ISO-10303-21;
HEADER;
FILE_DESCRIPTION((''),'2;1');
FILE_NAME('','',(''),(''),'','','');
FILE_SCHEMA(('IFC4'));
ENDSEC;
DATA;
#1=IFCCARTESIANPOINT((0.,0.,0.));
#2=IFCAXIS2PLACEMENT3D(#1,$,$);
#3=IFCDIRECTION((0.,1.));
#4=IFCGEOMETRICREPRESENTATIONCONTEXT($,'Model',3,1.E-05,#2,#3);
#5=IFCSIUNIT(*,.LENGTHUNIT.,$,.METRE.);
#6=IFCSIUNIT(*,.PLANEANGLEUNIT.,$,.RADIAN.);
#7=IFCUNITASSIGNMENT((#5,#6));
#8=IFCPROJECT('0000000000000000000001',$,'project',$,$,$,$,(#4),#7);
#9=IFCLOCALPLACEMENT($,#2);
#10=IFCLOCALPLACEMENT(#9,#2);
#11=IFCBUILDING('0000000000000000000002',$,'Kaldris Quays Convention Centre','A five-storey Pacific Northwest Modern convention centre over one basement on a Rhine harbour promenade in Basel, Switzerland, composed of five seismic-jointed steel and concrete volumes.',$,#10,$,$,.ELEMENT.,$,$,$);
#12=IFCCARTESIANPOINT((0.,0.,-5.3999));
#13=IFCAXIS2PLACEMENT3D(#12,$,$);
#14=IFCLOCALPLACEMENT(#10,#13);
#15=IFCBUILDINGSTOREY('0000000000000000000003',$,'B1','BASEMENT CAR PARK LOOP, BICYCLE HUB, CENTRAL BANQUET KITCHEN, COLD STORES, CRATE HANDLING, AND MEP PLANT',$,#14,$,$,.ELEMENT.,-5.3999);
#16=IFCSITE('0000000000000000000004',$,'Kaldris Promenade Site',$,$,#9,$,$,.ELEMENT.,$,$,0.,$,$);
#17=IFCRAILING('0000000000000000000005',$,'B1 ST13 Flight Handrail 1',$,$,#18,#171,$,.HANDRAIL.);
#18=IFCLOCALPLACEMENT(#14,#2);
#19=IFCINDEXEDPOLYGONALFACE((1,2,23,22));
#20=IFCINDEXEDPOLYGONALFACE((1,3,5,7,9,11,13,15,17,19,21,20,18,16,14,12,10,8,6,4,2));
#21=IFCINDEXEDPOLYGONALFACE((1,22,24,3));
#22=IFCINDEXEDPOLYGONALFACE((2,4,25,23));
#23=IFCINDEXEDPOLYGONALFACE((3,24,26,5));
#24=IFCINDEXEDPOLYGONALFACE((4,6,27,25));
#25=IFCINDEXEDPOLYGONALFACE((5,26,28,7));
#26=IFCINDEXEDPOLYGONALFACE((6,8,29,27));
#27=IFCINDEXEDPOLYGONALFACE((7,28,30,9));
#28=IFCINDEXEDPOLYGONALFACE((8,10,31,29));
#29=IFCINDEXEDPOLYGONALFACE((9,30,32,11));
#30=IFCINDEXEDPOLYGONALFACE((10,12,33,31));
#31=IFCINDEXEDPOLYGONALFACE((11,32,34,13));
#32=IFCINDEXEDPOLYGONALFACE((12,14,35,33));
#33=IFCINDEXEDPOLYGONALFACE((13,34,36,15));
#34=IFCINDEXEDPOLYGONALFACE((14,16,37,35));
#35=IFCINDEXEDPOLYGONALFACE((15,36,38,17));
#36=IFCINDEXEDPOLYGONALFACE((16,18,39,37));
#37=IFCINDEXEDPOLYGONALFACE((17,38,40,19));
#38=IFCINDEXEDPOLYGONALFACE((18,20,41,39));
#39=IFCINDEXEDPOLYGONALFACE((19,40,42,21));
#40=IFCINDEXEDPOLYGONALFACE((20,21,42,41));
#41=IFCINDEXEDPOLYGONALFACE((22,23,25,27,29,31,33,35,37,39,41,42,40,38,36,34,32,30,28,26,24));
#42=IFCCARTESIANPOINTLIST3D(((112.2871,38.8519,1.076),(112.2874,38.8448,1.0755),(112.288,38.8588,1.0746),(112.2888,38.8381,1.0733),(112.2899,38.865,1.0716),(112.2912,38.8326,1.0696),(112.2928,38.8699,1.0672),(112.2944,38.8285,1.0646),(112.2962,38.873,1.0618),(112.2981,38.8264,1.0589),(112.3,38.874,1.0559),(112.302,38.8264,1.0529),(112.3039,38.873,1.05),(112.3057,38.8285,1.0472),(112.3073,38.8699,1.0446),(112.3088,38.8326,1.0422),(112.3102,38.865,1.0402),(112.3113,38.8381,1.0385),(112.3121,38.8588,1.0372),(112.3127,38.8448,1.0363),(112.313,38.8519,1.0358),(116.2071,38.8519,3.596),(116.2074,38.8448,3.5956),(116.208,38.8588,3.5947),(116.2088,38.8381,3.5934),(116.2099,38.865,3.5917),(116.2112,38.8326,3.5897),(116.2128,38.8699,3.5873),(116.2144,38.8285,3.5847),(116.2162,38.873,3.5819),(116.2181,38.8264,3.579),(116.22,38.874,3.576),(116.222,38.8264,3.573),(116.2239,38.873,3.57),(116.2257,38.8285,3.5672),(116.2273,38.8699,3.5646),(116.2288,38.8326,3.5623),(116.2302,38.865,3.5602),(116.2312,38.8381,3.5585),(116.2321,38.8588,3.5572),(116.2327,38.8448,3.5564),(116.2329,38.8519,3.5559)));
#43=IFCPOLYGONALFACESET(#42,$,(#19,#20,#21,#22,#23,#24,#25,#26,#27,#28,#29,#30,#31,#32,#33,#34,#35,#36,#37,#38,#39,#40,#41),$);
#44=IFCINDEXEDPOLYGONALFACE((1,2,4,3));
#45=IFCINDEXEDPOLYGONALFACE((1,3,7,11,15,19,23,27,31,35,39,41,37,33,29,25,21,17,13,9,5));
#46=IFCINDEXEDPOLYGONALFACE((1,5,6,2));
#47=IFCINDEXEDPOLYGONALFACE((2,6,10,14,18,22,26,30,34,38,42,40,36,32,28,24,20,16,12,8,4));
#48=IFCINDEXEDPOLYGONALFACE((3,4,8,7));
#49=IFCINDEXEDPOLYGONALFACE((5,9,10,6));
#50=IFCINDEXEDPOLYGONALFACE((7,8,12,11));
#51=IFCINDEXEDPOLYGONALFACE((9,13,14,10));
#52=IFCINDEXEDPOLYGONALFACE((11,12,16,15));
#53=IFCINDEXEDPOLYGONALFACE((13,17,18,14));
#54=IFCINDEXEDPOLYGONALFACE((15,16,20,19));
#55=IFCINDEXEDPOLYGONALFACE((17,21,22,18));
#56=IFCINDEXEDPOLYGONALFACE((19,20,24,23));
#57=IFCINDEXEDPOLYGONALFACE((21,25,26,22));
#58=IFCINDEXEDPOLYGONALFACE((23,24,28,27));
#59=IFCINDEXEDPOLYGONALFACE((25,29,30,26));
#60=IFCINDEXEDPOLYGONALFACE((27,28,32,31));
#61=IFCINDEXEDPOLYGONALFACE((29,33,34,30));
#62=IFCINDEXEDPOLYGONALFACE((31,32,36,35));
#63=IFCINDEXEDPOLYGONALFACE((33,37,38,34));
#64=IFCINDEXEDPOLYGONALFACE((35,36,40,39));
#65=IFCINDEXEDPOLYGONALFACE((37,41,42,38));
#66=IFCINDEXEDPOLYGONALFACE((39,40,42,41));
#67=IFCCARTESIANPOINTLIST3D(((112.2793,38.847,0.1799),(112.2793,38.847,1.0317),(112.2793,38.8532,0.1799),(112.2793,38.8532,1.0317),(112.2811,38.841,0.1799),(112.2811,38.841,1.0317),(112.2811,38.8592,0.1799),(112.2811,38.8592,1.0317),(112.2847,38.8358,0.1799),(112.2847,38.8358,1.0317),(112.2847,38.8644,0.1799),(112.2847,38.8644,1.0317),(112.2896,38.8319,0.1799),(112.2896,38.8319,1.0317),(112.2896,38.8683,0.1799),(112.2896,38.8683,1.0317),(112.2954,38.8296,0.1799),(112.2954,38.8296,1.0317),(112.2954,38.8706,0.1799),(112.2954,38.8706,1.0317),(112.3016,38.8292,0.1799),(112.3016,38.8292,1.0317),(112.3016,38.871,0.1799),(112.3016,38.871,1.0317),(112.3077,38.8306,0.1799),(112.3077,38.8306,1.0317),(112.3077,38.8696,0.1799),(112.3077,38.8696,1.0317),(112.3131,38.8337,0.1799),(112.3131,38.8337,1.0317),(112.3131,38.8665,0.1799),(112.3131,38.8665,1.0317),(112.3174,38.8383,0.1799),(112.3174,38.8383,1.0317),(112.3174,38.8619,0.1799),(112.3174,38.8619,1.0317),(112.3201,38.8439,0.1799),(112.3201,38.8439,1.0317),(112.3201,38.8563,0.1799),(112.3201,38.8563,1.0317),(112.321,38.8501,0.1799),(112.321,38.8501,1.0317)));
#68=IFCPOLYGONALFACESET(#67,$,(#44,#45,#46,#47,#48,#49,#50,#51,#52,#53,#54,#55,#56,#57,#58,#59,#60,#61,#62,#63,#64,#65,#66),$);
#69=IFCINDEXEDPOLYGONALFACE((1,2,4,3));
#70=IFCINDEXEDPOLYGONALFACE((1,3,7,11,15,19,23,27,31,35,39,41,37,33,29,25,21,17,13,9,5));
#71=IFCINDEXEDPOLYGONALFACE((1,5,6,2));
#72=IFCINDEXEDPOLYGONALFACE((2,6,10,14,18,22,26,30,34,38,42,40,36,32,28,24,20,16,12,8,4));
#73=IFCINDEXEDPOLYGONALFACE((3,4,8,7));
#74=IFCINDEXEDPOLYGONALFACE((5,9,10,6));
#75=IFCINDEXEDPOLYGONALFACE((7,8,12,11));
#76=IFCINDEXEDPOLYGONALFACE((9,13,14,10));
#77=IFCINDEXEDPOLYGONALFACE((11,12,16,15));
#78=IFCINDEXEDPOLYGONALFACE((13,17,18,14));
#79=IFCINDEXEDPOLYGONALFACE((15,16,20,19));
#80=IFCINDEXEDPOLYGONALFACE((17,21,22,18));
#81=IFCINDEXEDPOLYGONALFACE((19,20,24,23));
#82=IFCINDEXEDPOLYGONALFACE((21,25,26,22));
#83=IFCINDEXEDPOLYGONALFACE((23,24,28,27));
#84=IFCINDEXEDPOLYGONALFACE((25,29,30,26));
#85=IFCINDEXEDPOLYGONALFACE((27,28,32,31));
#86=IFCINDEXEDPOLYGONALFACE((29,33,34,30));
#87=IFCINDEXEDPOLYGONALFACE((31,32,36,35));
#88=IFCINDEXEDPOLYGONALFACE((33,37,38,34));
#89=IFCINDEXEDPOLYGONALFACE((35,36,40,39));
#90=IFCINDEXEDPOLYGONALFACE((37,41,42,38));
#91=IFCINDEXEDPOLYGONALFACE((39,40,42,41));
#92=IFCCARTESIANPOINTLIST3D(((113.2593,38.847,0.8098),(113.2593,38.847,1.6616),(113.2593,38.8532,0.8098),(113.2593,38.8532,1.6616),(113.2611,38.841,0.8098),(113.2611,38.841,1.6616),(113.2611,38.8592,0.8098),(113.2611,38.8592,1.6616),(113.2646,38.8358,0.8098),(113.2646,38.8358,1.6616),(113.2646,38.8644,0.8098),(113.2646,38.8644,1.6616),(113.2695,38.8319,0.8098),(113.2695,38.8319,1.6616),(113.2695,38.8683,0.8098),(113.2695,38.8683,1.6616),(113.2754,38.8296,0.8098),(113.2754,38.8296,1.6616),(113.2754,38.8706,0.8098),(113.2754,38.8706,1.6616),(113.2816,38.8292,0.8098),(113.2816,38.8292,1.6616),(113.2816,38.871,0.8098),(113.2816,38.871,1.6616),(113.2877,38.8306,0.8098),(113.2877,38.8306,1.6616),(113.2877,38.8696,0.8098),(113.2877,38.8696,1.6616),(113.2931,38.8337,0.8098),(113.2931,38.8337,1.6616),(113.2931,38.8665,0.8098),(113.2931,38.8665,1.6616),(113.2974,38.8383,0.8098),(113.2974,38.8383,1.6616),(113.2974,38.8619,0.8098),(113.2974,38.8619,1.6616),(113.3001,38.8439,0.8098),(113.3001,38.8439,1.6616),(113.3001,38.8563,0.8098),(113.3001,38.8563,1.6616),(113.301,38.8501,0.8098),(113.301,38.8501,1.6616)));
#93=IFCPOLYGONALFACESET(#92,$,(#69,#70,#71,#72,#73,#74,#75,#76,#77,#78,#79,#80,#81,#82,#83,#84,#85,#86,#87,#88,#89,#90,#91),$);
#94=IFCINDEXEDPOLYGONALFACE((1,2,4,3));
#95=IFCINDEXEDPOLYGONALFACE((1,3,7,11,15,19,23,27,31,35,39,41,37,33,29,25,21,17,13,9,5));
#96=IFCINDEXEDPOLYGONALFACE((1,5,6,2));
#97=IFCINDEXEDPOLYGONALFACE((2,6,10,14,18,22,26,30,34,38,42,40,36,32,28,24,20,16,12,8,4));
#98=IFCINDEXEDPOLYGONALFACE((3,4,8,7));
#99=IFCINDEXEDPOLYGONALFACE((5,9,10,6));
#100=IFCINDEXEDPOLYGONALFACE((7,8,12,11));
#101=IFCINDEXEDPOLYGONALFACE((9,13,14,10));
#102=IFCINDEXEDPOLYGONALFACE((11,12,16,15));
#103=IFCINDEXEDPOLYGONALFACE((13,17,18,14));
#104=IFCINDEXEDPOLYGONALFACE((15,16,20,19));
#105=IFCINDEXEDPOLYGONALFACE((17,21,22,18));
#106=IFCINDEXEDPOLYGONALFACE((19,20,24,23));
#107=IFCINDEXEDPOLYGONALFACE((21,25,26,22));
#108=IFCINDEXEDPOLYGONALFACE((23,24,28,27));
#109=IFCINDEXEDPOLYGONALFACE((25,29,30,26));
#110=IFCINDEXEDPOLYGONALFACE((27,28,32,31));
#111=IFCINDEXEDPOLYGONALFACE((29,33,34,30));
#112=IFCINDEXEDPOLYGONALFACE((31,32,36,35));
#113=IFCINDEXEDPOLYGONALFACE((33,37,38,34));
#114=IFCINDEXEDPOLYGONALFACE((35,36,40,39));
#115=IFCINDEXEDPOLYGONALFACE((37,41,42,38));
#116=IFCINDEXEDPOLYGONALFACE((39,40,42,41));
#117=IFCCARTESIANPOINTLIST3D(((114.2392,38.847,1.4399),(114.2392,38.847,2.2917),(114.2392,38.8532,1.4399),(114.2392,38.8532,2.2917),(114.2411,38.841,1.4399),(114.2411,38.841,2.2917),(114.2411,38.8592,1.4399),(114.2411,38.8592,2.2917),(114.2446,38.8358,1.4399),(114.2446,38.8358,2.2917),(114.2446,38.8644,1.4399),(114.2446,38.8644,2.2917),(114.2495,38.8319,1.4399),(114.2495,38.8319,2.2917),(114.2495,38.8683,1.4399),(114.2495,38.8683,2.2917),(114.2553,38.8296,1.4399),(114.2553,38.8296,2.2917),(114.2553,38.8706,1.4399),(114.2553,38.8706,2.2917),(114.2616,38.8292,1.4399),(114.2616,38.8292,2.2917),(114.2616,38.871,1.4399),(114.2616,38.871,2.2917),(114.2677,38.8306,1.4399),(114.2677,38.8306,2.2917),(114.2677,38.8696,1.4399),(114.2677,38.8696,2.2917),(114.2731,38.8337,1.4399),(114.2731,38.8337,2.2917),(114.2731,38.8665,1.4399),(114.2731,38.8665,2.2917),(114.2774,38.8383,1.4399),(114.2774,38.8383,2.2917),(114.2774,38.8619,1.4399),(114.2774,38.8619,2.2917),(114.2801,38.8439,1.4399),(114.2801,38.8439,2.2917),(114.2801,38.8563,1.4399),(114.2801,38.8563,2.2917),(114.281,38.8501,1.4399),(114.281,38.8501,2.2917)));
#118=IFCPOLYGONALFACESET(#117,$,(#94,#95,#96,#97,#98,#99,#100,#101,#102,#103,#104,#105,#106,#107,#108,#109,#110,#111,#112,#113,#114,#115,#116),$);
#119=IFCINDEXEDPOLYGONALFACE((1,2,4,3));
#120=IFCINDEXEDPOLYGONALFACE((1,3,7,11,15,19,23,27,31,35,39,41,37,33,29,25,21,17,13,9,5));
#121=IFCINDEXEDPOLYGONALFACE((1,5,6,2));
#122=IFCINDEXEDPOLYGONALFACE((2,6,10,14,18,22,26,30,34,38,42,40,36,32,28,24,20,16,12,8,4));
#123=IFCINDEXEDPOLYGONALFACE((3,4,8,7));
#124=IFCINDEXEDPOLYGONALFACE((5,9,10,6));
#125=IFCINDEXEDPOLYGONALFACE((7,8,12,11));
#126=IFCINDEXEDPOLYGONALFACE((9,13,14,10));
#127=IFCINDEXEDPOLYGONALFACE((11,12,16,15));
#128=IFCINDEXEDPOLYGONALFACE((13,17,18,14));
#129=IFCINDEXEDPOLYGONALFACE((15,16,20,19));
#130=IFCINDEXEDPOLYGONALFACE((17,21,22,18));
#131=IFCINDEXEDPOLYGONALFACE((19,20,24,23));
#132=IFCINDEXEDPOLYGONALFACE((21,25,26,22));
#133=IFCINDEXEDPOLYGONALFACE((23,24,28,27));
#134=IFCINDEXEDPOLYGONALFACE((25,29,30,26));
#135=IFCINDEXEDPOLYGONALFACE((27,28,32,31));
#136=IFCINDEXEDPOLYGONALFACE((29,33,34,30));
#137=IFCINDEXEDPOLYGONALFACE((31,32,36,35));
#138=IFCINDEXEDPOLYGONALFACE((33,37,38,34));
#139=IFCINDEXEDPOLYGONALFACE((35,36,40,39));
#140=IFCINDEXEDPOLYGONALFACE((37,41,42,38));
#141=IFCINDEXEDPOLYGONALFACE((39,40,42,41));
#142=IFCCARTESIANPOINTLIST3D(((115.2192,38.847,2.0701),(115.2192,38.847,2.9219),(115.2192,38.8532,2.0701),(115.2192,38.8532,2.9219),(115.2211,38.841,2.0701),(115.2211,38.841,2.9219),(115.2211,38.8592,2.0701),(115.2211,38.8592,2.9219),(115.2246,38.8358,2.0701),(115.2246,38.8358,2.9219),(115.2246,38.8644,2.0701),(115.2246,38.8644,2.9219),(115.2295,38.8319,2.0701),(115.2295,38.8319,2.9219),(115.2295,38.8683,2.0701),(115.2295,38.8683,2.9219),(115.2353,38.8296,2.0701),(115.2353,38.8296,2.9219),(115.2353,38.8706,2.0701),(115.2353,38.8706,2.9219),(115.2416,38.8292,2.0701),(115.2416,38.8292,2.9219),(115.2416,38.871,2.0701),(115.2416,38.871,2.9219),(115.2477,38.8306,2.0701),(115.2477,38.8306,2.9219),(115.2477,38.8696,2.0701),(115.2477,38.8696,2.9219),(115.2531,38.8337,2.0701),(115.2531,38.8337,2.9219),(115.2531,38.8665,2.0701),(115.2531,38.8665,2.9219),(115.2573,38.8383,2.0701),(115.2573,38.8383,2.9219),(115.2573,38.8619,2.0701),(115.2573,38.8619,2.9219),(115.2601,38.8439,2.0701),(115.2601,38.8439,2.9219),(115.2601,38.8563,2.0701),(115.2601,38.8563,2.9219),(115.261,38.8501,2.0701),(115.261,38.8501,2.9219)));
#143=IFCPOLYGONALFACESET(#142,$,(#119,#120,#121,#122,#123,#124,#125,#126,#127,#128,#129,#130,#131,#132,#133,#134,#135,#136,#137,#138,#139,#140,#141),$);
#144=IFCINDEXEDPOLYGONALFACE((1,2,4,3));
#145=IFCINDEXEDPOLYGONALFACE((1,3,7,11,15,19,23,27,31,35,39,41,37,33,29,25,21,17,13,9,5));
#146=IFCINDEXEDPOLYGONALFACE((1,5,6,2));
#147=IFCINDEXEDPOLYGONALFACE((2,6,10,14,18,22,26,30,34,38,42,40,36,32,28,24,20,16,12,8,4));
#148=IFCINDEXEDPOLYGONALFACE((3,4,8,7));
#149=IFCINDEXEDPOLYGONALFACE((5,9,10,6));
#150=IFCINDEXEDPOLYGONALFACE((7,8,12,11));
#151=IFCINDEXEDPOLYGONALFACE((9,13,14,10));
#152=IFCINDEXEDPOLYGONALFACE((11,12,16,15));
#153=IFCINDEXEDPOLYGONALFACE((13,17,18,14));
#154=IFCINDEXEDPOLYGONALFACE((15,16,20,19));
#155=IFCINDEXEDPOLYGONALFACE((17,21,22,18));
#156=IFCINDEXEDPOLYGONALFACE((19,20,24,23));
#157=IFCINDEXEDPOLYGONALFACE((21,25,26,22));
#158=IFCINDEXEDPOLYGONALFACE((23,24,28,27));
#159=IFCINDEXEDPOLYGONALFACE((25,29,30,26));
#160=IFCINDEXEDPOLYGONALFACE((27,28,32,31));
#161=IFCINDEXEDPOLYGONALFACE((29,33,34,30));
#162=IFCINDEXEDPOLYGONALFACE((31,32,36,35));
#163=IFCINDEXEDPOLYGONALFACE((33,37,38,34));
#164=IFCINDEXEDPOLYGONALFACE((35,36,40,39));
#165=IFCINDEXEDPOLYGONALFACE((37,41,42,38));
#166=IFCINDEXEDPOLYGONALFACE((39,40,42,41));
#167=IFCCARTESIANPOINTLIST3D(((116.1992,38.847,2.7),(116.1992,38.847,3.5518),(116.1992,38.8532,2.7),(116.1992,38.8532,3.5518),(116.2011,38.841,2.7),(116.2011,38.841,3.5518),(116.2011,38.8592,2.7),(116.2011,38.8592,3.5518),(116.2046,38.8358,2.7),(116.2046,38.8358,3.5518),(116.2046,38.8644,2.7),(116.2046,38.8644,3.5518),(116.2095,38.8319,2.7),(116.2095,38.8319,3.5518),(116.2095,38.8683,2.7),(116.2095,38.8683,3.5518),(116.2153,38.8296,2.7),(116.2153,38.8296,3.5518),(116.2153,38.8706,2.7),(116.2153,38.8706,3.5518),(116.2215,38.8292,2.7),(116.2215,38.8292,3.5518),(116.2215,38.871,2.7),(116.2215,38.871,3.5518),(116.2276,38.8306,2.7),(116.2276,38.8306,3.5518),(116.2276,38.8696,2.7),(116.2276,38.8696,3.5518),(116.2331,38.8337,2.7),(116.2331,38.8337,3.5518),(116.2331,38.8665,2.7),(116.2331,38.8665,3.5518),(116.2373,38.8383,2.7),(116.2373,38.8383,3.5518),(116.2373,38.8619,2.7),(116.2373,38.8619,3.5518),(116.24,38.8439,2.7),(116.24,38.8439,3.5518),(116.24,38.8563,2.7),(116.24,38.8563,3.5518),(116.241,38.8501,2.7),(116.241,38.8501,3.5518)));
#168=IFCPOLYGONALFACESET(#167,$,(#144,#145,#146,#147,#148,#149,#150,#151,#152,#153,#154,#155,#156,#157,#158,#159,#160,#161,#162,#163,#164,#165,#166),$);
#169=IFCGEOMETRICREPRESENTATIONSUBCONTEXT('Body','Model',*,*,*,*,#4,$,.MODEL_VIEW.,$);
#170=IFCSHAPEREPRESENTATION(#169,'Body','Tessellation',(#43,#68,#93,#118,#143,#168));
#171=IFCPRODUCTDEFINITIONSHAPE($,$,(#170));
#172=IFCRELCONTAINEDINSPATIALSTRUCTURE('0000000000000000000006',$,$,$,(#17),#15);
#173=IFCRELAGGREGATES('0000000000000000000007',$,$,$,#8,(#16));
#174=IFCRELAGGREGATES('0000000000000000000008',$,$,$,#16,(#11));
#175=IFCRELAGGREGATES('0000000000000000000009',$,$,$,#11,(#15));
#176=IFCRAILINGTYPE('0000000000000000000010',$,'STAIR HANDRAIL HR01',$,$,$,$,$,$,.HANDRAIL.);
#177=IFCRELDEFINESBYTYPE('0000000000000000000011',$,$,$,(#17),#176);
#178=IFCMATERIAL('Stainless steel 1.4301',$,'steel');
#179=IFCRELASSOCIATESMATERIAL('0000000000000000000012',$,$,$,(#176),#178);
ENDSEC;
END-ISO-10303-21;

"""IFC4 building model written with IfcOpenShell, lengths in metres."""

from ifc_helpers import new_model, si_unit, direction, frame, origin, origin_2d, place, context, subcontext, project, spatial, circle, extrude, material, type_object, element, save


model = new_model("IFC4")

# Units and contexts
model_context = context("Model", 3, precision=1e-05, world=origin(), true_north=direction((0.0, 1.0)))
body_context = subcontext(model_context, "Body", "Model", "MODEL_VIEW")
ifc_project = project(units=[si_unit("LENGTHUNIT", "METRE"), si_unit("PLANEANGLEUNIT", "RADIAN")], contexts=[model_context])

# Site, building, storey
site_placement = place(None, origin())
site = spatial("IfcSite", under=ifc_project, at=site_placement, Name="Kaldris Promenade Site", CompositionType="ELEMENT", RefElevation=0.0)
building_placement = place(site_placement, origin())
building = spatial("IfcBuilding", under=site, at=building_placement, Name="Kaldris Quays Convention Centre", Description="A five-storey Pacific Northwest Modern convention centre over one basement on a Rhine harbour promenade in Basel, Switzerland, composed of five seismic-jointed steel and concrete volumes.", CompositionType="ELEMENT")
storey_placement = place(building_placement, frame((0.0, 0.0, -5.3999)))
storey = spatial("IfcBuildingStorey", under=building, at=storey_placement, Name="B1", Description="BASEMENT CAR PARK LOOP, BICYCLE HUB, CENTRAL BANQUET KITCHEN, COLD STORES, CRATE HANDLING, AND MEP PLANT", CompositionType="ELEMENT", Elevation=-5.3999)

# Railing
ifc_material_1 = material(Name="Stainless steel 1.4301", Category="steel")
railing_type_1 = type_object("IfcRailingType", Name="STAIR HANDRAIL HR01", PredefinedType="HANDRAIL", material=ifc_material_1)
railing_1_placement = place(storey_placement, frame((112.3, 38.8501, 0.1799)))
element("IfcRailing", 1, at=railing_1_placement, inside=storey, type_object=railing_type_1, Name="B1 ST13 Flight Handrail 1", PredefinedType="HANDRAIL", context=body_context, shape_type="SweptSolid", body=[
    extrude(circle(Radius=0.0239, at=origin_2d()), frame((0.0, 0.0, 0.876), z_axis=(0.841172, 0.0, 0.540768), x_axis=(0.0, 1.0, 0.0)), (0.0, 0.0, 1.0), 4.6602),
    extrude(circle(Radius=0.021, at=origin_2d()), origin(), (0.0, 0.0, 1.0), 0.8518),
    extrude(circle(Radius=0.021, at=origin_2d()), frame((0.98, 0.0, 0.6299)), (0.0, 0.0, 1.0), 0.8518),
    extrude(circle(Radius=0.021, at=origin_2d()), frame((1.96, 0.0, 1.26)), (0.0, 0.0, 1.0), 0.8518),
    extrude(circle(Radius=0.021, at=origin_2d()), frame((2.9399, 0.0, 1.8901)), (0.0, 0.0, 1.0), 0.8518),
    extrude(circle(Radius=0.021, at=origin_2d()), frame((3.9199, 0.0, 2.52)), (0.0, 0.0, 1.0), 0.8518),
])

save(model, "model.ifc")
